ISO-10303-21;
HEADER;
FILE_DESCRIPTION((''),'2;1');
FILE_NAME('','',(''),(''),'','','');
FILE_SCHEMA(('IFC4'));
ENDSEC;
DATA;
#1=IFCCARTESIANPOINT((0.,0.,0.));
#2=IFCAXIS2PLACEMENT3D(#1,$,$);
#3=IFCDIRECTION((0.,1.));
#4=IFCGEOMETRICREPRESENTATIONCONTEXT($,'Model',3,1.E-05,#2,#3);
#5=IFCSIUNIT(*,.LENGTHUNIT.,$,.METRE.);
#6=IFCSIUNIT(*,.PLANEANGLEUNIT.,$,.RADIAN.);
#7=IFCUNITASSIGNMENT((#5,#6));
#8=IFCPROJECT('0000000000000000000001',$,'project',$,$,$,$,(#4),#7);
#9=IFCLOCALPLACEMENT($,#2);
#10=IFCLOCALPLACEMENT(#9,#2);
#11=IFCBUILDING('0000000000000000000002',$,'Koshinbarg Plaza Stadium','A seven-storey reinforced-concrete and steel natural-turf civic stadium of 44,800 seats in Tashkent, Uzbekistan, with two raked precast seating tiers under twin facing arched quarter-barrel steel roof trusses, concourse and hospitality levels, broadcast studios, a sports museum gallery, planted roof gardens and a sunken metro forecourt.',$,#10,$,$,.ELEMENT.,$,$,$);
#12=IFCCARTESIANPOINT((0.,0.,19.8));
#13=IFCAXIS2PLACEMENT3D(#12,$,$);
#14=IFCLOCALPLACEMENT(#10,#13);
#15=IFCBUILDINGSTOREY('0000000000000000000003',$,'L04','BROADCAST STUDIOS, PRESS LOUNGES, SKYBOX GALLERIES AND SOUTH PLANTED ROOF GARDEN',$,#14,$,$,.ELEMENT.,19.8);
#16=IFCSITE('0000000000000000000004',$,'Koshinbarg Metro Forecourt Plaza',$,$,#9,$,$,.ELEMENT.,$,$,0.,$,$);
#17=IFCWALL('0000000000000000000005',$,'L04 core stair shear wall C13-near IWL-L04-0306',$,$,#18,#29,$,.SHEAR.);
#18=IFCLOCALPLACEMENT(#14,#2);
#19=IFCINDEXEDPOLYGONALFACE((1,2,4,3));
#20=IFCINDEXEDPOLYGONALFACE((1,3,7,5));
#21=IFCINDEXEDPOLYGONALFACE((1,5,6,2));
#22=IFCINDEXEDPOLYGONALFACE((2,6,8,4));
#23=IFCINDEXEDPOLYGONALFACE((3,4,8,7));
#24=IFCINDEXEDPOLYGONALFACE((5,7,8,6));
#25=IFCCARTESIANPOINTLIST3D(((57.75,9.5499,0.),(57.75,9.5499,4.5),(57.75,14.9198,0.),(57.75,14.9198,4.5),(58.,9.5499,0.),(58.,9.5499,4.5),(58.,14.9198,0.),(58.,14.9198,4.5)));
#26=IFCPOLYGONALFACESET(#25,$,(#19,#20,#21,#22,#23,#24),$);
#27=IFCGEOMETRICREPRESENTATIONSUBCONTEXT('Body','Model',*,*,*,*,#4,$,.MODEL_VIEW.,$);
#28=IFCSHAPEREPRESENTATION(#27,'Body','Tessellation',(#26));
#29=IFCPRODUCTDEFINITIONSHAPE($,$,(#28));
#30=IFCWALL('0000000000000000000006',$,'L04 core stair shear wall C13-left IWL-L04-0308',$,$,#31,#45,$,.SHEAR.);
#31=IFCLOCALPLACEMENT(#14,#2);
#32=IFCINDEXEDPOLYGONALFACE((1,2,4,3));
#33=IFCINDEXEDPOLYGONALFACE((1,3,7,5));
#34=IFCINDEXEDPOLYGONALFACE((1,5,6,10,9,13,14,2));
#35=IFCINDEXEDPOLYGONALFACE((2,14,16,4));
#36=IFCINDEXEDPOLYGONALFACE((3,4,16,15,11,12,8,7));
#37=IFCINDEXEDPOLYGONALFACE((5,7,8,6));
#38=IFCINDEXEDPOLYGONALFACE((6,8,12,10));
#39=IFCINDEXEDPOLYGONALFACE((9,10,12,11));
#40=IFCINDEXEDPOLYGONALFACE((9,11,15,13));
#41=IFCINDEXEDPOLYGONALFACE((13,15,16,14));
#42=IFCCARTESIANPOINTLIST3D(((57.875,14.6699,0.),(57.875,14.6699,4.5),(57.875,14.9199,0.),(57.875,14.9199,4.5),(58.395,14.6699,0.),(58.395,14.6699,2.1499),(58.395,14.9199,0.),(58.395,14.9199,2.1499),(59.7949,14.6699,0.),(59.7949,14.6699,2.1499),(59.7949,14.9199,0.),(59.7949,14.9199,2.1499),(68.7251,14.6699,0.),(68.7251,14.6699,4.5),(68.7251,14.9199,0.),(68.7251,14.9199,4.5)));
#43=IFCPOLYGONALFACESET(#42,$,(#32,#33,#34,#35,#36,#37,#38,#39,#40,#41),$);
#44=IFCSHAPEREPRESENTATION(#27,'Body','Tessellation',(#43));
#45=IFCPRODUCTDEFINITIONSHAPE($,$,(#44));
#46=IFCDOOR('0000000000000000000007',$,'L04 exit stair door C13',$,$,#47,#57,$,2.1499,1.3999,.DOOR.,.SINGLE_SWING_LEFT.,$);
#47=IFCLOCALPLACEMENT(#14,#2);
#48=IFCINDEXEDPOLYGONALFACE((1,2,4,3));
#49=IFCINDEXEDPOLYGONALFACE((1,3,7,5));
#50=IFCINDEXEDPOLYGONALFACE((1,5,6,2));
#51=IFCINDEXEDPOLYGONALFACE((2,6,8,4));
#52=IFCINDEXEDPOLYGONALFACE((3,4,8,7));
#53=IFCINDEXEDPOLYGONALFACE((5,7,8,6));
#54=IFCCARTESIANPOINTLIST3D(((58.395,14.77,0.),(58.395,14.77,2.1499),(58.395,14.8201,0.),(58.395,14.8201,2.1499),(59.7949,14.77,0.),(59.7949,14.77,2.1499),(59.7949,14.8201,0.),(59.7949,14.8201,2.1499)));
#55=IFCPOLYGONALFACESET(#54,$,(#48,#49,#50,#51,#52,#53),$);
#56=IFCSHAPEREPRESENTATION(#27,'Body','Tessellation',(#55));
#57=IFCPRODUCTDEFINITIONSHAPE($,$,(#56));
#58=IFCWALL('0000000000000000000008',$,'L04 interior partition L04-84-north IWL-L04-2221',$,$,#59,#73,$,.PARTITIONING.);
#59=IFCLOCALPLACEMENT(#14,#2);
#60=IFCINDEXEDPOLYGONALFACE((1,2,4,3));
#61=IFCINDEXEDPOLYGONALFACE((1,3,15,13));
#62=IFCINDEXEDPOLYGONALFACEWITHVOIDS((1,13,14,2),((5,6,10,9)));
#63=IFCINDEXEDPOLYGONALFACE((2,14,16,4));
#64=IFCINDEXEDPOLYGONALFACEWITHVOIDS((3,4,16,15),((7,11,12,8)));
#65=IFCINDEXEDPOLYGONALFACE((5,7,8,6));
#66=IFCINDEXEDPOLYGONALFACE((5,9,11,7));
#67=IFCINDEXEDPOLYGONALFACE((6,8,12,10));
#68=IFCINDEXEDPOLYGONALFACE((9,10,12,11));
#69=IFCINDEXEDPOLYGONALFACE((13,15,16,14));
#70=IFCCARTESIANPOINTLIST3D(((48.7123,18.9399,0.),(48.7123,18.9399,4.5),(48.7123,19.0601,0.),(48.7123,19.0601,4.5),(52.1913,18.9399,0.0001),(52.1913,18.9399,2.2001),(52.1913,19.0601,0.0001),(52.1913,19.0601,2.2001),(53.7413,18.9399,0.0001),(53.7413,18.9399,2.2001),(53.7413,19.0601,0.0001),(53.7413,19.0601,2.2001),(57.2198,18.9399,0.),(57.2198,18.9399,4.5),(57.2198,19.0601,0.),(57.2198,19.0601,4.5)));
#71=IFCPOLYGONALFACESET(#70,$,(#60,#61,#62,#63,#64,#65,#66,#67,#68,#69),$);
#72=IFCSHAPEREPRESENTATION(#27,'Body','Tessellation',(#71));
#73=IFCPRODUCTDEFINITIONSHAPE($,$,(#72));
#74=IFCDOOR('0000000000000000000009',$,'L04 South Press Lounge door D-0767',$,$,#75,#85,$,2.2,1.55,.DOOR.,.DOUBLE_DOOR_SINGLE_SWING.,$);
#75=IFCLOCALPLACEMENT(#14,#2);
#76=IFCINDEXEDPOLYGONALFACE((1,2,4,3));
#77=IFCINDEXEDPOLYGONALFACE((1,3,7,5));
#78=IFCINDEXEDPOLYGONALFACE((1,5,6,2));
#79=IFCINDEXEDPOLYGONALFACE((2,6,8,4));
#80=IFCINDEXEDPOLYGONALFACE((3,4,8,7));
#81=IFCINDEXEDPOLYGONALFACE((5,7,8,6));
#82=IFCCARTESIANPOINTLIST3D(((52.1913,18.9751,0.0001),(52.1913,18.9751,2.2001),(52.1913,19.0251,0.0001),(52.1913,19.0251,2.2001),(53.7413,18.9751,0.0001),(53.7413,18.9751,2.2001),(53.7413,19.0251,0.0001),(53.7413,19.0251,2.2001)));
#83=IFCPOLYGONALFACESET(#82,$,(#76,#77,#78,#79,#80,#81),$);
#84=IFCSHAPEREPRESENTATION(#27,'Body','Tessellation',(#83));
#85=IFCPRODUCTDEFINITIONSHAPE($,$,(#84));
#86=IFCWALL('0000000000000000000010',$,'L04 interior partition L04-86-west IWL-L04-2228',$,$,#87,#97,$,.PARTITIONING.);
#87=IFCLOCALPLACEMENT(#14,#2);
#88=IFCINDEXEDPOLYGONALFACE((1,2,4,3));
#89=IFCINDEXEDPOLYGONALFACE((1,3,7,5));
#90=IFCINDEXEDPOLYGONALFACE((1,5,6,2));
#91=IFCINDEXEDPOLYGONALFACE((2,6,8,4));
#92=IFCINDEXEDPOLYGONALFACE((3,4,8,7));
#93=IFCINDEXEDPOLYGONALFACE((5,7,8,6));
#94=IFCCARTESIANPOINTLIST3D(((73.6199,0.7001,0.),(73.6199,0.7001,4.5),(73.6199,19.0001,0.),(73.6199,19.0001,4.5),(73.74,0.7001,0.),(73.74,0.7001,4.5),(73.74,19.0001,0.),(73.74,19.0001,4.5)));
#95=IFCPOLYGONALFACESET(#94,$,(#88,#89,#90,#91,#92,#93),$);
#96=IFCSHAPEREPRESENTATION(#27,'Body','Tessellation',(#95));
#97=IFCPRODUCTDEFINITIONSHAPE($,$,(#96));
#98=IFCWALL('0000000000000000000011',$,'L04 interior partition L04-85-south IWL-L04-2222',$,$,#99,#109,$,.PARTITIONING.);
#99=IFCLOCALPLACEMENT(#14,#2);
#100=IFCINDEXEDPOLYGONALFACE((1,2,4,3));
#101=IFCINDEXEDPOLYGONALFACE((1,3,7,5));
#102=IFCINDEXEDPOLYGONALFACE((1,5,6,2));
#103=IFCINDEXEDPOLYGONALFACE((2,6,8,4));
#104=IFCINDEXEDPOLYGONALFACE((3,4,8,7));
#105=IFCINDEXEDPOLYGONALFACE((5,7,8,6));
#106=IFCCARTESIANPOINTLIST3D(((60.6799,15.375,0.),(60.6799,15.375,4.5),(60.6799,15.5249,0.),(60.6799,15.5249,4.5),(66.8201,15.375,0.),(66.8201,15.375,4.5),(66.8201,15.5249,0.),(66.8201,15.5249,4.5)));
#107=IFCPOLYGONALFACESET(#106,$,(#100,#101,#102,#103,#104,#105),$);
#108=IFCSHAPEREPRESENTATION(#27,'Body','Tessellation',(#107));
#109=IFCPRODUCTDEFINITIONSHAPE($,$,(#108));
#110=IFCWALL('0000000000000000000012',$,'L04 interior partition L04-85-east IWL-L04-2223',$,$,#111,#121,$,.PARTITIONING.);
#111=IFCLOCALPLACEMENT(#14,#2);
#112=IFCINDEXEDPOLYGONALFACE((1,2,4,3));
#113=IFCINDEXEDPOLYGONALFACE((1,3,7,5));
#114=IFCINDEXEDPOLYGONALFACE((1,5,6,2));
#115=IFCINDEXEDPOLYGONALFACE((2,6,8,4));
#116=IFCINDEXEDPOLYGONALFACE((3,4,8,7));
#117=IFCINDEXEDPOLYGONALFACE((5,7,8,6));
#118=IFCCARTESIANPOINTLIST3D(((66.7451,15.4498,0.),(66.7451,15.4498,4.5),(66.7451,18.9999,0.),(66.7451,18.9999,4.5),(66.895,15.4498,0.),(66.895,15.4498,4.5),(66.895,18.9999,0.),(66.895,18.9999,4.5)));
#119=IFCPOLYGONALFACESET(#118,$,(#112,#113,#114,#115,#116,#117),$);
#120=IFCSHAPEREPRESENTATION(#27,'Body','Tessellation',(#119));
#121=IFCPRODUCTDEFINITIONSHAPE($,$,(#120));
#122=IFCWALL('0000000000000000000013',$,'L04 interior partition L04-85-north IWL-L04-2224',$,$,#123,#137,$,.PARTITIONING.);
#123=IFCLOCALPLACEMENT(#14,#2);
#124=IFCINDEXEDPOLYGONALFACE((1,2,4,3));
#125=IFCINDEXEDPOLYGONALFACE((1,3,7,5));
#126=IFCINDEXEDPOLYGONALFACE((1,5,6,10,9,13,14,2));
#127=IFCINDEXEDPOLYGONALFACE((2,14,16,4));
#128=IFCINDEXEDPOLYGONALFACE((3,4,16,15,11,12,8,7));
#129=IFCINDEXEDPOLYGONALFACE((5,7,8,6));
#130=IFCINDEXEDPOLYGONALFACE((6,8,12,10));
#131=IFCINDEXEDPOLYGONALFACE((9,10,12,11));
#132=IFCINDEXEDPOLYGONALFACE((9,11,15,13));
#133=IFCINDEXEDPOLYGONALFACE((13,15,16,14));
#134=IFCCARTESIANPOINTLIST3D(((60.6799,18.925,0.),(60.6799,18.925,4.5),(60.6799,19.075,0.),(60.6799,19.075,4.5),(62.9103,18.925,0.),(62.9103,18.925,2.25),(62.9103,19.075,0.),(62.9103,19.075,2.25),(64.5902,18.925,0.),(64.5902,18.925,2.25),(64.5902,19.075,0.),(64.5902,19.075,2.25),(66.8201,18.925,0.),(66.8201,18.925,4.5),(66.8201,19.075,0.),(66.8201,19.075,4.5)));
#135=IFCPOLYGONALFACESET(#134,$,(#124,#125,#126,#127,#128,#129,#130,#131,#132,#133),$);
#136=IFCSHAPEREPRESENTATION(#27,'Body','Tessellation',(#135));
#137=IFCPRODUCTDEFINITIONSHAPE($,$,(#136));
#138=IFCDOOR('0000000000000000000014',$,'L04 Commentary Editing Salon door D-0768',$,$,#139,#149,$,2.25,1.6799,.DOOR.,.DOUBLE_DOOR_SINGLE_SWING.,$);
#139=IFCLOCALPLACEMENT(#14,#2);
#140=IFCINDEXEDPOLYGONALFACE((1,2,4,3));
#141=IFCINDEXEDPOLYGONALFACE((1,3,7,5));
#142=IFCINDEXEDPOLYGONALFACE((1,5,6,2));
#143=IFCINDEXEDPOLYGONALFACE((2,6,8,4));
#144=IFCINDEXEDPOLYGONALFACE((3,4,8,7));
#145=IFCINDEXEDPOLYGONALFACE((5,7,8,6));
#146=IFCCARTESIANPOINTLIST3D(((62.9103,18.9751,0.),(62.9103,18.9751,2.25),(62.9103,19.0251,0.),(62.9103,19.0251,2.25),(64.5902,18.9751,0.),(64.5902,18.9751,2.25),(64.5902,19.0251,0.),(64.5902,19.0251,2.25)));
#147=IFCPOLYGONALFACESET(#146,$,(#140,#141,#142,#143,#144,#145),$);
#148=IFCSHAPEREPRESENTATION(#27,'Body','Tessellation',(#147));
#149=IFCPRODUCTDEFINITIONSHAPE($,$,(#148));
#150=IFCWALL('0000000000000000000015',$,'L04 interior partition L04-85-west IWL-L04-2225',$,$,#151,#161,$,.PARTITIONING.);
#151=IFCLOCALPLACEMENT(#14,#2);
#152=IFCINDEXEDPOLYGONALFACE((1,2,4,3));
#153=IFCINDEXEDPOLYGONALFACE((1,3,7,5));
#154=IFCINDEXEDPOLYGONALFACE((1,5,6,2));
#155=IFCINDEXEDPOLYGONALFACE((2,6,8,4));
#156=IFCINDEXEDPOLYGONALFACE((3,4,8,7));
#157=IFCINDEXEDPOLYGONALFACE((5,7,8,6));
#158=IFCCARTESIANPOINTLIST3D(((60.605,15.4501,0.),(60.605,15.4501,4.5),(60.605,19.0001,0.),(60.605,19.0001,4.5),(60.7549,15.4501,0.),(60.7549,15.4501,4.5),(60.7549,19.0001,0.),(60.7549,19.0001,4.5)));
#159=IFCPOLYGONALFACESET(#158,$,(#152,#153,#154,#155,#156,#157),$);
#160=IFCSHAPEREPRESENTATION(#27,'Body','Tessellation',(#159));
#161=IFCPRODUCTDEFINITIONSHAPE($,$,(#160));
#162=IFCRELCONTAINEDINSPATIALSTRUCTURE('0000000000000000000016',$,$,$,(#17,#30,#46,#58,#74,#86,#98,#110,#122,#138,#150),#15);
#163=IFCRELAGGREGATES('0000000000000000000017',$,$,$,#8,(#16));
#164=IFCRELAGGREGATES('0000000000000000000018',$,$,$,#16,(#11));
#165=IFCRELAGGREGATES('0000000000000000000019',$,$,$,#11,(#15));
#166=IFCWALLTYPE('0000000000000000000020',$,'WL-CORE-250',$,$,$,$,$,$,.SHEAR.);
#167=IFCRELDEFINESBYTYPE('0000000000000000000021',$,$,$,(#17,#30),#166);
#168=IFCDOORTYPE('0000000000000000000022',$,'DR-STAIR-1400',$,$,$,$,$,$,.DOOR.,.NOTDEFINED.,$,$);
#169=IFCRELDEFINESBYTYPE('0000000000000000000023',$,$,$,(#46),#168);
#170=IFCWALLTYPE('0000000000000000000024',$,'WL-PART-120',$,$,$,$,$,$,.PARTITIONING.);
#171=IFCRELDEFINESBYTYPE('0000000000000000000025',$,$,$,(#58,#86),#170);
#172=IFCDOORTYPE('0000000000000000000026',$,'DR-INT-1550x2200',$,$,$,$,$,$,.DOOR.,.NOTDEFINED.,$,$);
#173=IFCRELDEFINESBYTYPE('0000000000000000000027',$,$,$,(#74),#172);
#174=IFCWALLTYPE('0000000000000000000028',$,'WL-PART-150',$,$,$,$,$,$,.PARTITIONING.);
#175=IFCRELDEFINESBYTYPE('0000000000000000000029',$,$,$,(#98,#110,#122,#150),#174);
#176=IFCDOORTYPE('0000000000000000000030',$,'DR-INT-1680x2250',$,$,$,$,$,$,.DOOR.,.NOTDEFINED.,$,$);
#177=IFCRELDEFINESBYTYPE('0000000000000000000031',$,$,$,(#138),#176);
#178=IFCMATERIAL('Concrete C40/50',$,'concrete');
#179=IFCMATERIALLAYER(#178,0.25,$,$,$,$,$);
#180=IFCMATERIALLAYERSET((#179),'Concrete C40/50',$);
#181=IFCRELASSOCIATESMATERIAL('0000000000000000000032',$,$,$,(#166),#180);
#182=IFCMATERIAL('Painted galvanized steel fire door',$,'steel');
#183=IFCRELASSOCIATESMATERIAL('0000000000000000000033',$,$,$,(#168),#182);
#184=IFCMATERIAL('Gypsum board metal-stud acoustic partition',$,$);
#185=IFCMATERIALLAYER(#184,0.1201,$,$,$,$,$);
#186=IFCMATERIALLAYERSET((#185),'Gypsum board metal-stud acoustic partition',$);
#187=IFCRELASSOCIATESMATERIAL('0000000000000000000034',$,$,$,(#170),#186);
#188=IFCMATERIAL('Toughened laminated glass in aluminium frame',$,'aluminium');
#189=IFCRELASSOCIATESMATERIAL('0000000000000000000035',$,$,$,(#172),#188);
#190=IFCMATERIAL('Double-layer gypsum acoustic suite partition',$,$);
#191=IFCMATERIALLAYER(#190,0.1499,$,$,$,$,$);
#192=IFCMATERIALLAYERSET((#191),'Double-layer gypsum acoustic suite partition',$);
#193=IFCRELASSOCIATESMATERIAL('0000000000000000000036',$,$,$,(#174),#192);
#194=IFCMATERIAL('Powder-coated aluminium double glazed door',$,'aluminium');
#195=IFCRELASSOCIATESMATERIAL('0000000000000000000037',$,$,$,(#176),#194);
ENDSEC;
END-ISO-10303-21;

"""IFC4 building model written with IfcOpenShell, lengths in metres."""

from ifc_helpers import new_model, si_unit, direction, frame, frame_2d, origin, place, context, subcontext, project, spatial, rectangle, extrude, material, layer, layer_set, type_object, element, fill, save


model = new_model("IFC4")

# Units and contexts
model_context = context("Model", 3, precision=1e-05, world=origin(), true_north=direction((0.0, 1.0)))
body_context = subcontext(model_context, "Body", "Model", "MODEL_VIEW")
ifc_project = project(units=[si_unit("LENGTHUNIT", "METRE"), si_unit("PLANEANGLEUNIT", "RADIAN")], contexts=[model_context])

# Site, building, storey
site_placement = place(None, origin())
site = spatial("IfcSite", under=ifc_project, at=site_placement, Name="Koshinbarg Metro Forecourt Plaza", CompositionType="ELEMENT", RefElevation=0.0)
building_placement = place(site_placement, origin())
building = spatial("IfcBuilding", under=site, at=building_placement, Name="Koshinbarg Plaza Stadium", Description="A seven-storey reinforced-concrete and steel natural-turf civic stadium of 44,800 seats in Tashkent, Uzbekistan, with two raked precast seating tiers under twin facing arched quarter-barrel steel roof trusses, concourse and hospitality levels, broadcast studios, a sports museum gallery, planted roof gardens and a sunken metro forecourt.", CompositionType="ELEMENT")
storey_placement = place(building_placement, frame((0.0, 0.0, 19.8)))
storey = spatial("IfcBuildingStorey", under=building, at=storey_placement, Name="L04", Description="BROADCAST STUDIOS, PRESS LOUNGES, SKYBOX GALLERIES AND SOUTH PLANTED ROOF GARDEN", CompositionType="ELEMENT", Elevation=19.8)

# Shared definitions
ifc_material_1 = material(Name="Concrete C40/50", Category="concrete")

# Wall
ifc_layer_1 = layer(ifc_material_1, 0.25)
ifc_layer_set_1 = layer_set([ifc_layer_1], Name="Concrete C40/50")
wall_type_1 = type_object("IfcWallType", Name="WL-CORE-250", PredefinedType="SHEAR", material=ifc_layer_set_1)
wall_1_placement = place(storey_placement, frame((57.875, 14.9199, 0.0), z_axis=(0.0, 0.0, 1.0), x_axis=(0.0, -1.0, 0.0)))
element("IfcWall", 1, at=wall_1_placement, inside=storey, type_object=wall_type_1, Name="L04 core stair shear wall C13-near IWL-L04-0306", PredefinedType="SHEAR", context=body_context, shape_type="SweptSolid", body=[
    extrude(rectangle(XDim=5.3699, YDim=0.25, at=frame_2d((2.6851, 0.0))), origin(), (0.0, 0.0, 1.0), 4.5),
])

# Walls, openings, doors
wall_2_placement = place(storey_placement, frame((57.875, 14.7949, 0.0), z_axis=(0.0, 0.0, 1.0), x_axis=(1.0, 0.0, 0.0)))
wall_2 = element("IfcWall", 2, at=wall_2_placement, inside=storey, type_object=wall_type_1, Name="L04 core stair shear wall C13-left IWL-L04-0308", PredefinedType="SHEAR", context=body_context, shape_type="SweptSolid", body=[
    extrude(rectangle(XDim=10.8501, YDim=0.25, at=frame_2d((5.425, 0.0))), origin(), (0.0, 0.0, 1.0), 4.5),
])
opening_1_placement = place(wall_2_placement, frame((0.52, 0.0, 0.0)))
opening_1 = element("IfcOpeningElement", 3, at=opening_1_placement, cuts=wall_2, PredefinedType="OPENING", context=body_context, shape_type="SweptSolid", body=[
    extrude(rectangle(XDim=1.3999, YDim=2.1499, at=frame_2d((0.7, 1.075))), frame((0.0, 0.135, 0.0), z_axis=(0.0, -1.0, 0.0), x_axis=(1.0, 0.0, 0.0)), (0.0, 0.0, 1.0), 0.27),
])
ifc_material_2 = material(Name="Painted galvanized steel fire door", Category="steel")
door_type_1 = type_object("IfcDoorType", Name="DR-STAIR-1400", OperationType="NOTDEFINED", PredefinedType="DOOR", material=ifc_material_2)
door_1_placement = place(opening_1_placement, frame((1.3999, 0.0, 0.0), z_axis=(0.0, 0.0, 1.0), x_axis=(-1.0, 0.0, 0.0)))
door_1 = element("IfcDoor", 4, at=door_1_placement, inside=storey, type_object=door_type_1, Name="L04 exit stair door C13", OperationType="SINGLE_SWING_LEFT", OverallHeight=2.1499, OverallWidth=1.3999, PredefinedType="DOOR", context=body_context, shape_type="SweptSolid", body=[
    extrude(rectangle(XDim=1.3999, YDim=2.1499, at=frame_2d((0.7, 1.075))), frame((0.0, 0.0249, 0.0), z_axis=(0.0, -1.0, 0.0), x_axis=(1.0, 0.0, 0.0)), (0.0, 0.0, 1.0), 0.05),
])
fill(opening_1, door_1)
ifc_material_3 = material(Name="Gypsum board metal-stud acoustic partition")
ifc_layer_2 = layer(ifc_material_3, 0.1201)
ifc_layer_set_2 = layer_set([ifc_layer_2], Name="Gypsum board metal-stud acoustic partition")
wall_type_2 = type_object("IfcWallType", Name="WL-PART-120", PredefinedType="PARTITIONING", material=ifc_layer_set_2)
wall_3_placement = place(storey_placement, frame((57.22, 19.0, 0.0), z_axis=(0.0, 0.0, 1.0), x_axis=(-1.0, 0.0, 0.0)))
wall_3 = element("IfcWall", 5, at=wall_3_placement, inside=storey, type_object=wall_type_2, Name="L04 interior partition L04-84-north IWL-L04-2221", PredefinedType="PARTITIONING", context=body_context, shape_type="SweptSolid", body=[
    extrude(rectangle(XDim=8.5076, YDim=0.1201, at=frame_2d((4.2539, 0.0))), origin(), (0.0, 0.0, 1.0), 4.5),
])
opening_2_placement = place(wall_3_placement, frame((3.4788, 0.0, 0.0)))
opening_2 = element("IfcOpeningElement", 6, at=opening_2_placement, cuts=wall_3, PredefinedType="OPENING", context=body_context, shape_type="SweptSolid", body=[
    extrude(rectangle(XDim=1.55, YDim=2.2, at=frame_2d((0.7749, 1.1001))), frame((0.0, 0.0701, 0.0), z_axis=(0.0, -1.0, 0.0), x_axis=(1.0, 0.0, 0.0)), (0.0, 0.0, 1.0), 0.1401),
])
ifc_material_4 = material(Name="Toughened laminated glass in aluminium frame", Category="aluminium")
door_type_2 = type_object("IfcDoorType", Name="DR-INT-1550x2200", OperationType="NOTDEFINED", PredefinedType="DOOR", material=ifc_material_4)
door_2_placement = place(opening_2_placement, origin())
door_2 = element("IfcDoor", 7, at=door_2_placement, inside=storey, type_object=door_type_2, Name="L04 South Press Lounge door D-0767", OperationType="DOUBLE_DOOR_SINGLE_SWING", OverallHeight=2.2, OverallWidth=1.55, PredefinedType="DOOR", context=body_context, shape_type="SweptSolid", body=[
    extrude(rectangle(XDim=1.55, YDim=2.2, at=frame_2d((0.7749, 1.1001))), frame((0.0, 0.0249, 0.0), z_axis=(0.0, -1.0, 0.0), x_axis=(1.0, 0.0, 0.0)), (0.0, 0.0, 1.0), 0.05),
])
fill(opening_2, door_2)

# Walls
wall_4_placement = place(storey_placement, frame((73.6799, 19.0, 0.0), z_axis=(0.0, 0.0, 1.0), x_axis=(0.0, -1.0, 0.0)))
element("IfcWall", 8, at=wall_4_placement, inside=storey, type_object=wall_type_2, Name="L04 interior partition L04-86-west IWL-L04-2228", PredefinedType="PARTITIONING", context=body_context, shape_type="SweptSolid", body=[
    extrude(rectangle(XDim=18.3, YDim=0.1201, at=frame_2d((9.1499, 0.0))), origin(), (0.0, 0.0, 1.0), 4.5),
])
ifc_material_5 = material(Name="Double-layer gypsum acoustic suite partition")
ifc_layer_3 = layer(ifc_material_5, 0.1499)
ifc_layer_set_3 = layer_set([ifc_layer_3], Name="Double-layer gypsum acoustic suite partition")
wall_type_3 = type_object("IfcWallType", Name="WL-PART-150", PredefinedType="PARTITIONING", material=ifc_layer_set_3)
wall_5_placement = place(storey_placement, frame((60.6799, 15.45, 0.0), z_axis=(0.0, 0.0, 1.0), x_axis=(1.0, 0.0, 0.0)))
element("IfcWall", 9, at=wall_5_placement, inside=storey, type_object=wall_type_3, Name="L04 interior partition L04-85-south IWL-L04-2222", PredefinedType="PARTITIONING", context=body_context, shape_type="SweptSolid", body=[
    extrude(rectangle(XDim=6.1401, YDim=0.1499, at=frame_2d((3.0701, 0.0))), origin(), (0.0, 0.0, 1.0), 4.5),
])
wall_6_placement = place(storey_placement, frame((66.8201, 15.45, 0.0), z_axis=(0.0, 0.0, 1.0), x_axis=(0.0, 1.0, 0.0)))
element("IfcWall", 10, at=wall_6_placement, inside=storey, type_object=wall_type_3, Name="L04 interior partition L04-85-east IWL-L04-2223", PredefinedType="PARTITIONING", context=body_context, shape_type="SweptSolid", body=[
    extrude(rectangle(XDim=3.55, YDim=0.1499, at=frame_2d((1.7749, 0.0))), origin(), (0.0, 0.0, 1.0), 4.5),
])

# Wall, opening, door
wall_7_placement = place(storey_placement, frame((66.8201, 19.0, 0.0), z_axis=(0.0, 0.0, 1.0), x_axis=(-1.0, 0.0, 0.0)))
wall_7 = element("IfcWall", 11, at=wall_7_placement, inside=storey, type_object=wall_type_3, Name="L04 interior partition L04-85-north IWL-L04-2224", PredefinedType="PARTITIONING", context=body_context, shape_type="SweptSolid", body=[
    extrude(rectangle(XDim=6.1401, YDim=0.1499, at=frame_2d((3.0701, 0.0))), origin(), (0.0, 0.0, 1.0), 4.5),
])
opening_3_placement = place(wall_7_placement, frame((2.23, 0.0, 0.0)))
opening_3 = element("IfcOpeningElement", 12, at=opening_3_placement, cuts=wall_7, PredefinedType="OPENING", context=body_context, shape_type="SweptSolid", body=[
    extrude(rectangle(XDim=1.6799, YDim=2.25, at=frame_2d((0.8398, 1.125))), frame((0.0, 0.085, 0.0), z_axis=(0.0, -1.0, 0.0), x_axis=(1.0, 0.0, 0.0)), (0.0, 0.0, 1.0), 0.1699),
])
ifc_material_6 = material(Name="Powder-coated aluminium double glazed door", Category="aluminium")
door_type_3 = type_object("IfcDoorType", Name="DR-INT-1680x2250", OperationType="NOTDEFINED", PredefinedType="DOOR", material=ifc_material_6)
door_3_placement = place(opening_3_placement, origin())
door_3 = element("IfcDoor", 13, at=door_3_placement, inside=storey, type_object=door_type_3, Name="L04 Commentary Editing Salon door D-0768", OperationType="DOUBLE_DOOR_SINGLE_SWING", OverallHeight=2.25, OverallWidth=1.6799, PredefinedType="DOOR", context=body_context, shape_type="SweptSolid", body=[
    extrude(rectangle(XDim=1.6799, YDim=2.25, at=frame_2d((0.8398, 1.125))), frame((0.0, 0.0249, 0.0), z_axis=(0.0, -1.0, 0.0), x_axis=(1.0, 0.0, 0.0)), (0.0, 0.0, 1.0), 0.05),
])
fill(opening_3, door_3)

# Wall
wall_8_placement = place(storey_placement, frame((60.6799, 19.0, 0.0), z_axis=(0.0, 0.0, 1.0), x_axis=(0.0, -1.0, 0.0)))
element("IfcWall", 14, at=wall_8_placement, inside=storey, type_object=wall_type_3, Name="L04 interior partition L04-85-west IWL-L04-2225", PredefinedType="PARTITIONING", context=body_context, shape_type="SweptSolid", body=[
    extrude(rectangle(XDim=3.55, YDim=0.1499, at=frame_2d((1.7749, 0.0))), origin(), (0.0, 0.0, 1.0), 4.5),
])

save(model, "model.ifc")
